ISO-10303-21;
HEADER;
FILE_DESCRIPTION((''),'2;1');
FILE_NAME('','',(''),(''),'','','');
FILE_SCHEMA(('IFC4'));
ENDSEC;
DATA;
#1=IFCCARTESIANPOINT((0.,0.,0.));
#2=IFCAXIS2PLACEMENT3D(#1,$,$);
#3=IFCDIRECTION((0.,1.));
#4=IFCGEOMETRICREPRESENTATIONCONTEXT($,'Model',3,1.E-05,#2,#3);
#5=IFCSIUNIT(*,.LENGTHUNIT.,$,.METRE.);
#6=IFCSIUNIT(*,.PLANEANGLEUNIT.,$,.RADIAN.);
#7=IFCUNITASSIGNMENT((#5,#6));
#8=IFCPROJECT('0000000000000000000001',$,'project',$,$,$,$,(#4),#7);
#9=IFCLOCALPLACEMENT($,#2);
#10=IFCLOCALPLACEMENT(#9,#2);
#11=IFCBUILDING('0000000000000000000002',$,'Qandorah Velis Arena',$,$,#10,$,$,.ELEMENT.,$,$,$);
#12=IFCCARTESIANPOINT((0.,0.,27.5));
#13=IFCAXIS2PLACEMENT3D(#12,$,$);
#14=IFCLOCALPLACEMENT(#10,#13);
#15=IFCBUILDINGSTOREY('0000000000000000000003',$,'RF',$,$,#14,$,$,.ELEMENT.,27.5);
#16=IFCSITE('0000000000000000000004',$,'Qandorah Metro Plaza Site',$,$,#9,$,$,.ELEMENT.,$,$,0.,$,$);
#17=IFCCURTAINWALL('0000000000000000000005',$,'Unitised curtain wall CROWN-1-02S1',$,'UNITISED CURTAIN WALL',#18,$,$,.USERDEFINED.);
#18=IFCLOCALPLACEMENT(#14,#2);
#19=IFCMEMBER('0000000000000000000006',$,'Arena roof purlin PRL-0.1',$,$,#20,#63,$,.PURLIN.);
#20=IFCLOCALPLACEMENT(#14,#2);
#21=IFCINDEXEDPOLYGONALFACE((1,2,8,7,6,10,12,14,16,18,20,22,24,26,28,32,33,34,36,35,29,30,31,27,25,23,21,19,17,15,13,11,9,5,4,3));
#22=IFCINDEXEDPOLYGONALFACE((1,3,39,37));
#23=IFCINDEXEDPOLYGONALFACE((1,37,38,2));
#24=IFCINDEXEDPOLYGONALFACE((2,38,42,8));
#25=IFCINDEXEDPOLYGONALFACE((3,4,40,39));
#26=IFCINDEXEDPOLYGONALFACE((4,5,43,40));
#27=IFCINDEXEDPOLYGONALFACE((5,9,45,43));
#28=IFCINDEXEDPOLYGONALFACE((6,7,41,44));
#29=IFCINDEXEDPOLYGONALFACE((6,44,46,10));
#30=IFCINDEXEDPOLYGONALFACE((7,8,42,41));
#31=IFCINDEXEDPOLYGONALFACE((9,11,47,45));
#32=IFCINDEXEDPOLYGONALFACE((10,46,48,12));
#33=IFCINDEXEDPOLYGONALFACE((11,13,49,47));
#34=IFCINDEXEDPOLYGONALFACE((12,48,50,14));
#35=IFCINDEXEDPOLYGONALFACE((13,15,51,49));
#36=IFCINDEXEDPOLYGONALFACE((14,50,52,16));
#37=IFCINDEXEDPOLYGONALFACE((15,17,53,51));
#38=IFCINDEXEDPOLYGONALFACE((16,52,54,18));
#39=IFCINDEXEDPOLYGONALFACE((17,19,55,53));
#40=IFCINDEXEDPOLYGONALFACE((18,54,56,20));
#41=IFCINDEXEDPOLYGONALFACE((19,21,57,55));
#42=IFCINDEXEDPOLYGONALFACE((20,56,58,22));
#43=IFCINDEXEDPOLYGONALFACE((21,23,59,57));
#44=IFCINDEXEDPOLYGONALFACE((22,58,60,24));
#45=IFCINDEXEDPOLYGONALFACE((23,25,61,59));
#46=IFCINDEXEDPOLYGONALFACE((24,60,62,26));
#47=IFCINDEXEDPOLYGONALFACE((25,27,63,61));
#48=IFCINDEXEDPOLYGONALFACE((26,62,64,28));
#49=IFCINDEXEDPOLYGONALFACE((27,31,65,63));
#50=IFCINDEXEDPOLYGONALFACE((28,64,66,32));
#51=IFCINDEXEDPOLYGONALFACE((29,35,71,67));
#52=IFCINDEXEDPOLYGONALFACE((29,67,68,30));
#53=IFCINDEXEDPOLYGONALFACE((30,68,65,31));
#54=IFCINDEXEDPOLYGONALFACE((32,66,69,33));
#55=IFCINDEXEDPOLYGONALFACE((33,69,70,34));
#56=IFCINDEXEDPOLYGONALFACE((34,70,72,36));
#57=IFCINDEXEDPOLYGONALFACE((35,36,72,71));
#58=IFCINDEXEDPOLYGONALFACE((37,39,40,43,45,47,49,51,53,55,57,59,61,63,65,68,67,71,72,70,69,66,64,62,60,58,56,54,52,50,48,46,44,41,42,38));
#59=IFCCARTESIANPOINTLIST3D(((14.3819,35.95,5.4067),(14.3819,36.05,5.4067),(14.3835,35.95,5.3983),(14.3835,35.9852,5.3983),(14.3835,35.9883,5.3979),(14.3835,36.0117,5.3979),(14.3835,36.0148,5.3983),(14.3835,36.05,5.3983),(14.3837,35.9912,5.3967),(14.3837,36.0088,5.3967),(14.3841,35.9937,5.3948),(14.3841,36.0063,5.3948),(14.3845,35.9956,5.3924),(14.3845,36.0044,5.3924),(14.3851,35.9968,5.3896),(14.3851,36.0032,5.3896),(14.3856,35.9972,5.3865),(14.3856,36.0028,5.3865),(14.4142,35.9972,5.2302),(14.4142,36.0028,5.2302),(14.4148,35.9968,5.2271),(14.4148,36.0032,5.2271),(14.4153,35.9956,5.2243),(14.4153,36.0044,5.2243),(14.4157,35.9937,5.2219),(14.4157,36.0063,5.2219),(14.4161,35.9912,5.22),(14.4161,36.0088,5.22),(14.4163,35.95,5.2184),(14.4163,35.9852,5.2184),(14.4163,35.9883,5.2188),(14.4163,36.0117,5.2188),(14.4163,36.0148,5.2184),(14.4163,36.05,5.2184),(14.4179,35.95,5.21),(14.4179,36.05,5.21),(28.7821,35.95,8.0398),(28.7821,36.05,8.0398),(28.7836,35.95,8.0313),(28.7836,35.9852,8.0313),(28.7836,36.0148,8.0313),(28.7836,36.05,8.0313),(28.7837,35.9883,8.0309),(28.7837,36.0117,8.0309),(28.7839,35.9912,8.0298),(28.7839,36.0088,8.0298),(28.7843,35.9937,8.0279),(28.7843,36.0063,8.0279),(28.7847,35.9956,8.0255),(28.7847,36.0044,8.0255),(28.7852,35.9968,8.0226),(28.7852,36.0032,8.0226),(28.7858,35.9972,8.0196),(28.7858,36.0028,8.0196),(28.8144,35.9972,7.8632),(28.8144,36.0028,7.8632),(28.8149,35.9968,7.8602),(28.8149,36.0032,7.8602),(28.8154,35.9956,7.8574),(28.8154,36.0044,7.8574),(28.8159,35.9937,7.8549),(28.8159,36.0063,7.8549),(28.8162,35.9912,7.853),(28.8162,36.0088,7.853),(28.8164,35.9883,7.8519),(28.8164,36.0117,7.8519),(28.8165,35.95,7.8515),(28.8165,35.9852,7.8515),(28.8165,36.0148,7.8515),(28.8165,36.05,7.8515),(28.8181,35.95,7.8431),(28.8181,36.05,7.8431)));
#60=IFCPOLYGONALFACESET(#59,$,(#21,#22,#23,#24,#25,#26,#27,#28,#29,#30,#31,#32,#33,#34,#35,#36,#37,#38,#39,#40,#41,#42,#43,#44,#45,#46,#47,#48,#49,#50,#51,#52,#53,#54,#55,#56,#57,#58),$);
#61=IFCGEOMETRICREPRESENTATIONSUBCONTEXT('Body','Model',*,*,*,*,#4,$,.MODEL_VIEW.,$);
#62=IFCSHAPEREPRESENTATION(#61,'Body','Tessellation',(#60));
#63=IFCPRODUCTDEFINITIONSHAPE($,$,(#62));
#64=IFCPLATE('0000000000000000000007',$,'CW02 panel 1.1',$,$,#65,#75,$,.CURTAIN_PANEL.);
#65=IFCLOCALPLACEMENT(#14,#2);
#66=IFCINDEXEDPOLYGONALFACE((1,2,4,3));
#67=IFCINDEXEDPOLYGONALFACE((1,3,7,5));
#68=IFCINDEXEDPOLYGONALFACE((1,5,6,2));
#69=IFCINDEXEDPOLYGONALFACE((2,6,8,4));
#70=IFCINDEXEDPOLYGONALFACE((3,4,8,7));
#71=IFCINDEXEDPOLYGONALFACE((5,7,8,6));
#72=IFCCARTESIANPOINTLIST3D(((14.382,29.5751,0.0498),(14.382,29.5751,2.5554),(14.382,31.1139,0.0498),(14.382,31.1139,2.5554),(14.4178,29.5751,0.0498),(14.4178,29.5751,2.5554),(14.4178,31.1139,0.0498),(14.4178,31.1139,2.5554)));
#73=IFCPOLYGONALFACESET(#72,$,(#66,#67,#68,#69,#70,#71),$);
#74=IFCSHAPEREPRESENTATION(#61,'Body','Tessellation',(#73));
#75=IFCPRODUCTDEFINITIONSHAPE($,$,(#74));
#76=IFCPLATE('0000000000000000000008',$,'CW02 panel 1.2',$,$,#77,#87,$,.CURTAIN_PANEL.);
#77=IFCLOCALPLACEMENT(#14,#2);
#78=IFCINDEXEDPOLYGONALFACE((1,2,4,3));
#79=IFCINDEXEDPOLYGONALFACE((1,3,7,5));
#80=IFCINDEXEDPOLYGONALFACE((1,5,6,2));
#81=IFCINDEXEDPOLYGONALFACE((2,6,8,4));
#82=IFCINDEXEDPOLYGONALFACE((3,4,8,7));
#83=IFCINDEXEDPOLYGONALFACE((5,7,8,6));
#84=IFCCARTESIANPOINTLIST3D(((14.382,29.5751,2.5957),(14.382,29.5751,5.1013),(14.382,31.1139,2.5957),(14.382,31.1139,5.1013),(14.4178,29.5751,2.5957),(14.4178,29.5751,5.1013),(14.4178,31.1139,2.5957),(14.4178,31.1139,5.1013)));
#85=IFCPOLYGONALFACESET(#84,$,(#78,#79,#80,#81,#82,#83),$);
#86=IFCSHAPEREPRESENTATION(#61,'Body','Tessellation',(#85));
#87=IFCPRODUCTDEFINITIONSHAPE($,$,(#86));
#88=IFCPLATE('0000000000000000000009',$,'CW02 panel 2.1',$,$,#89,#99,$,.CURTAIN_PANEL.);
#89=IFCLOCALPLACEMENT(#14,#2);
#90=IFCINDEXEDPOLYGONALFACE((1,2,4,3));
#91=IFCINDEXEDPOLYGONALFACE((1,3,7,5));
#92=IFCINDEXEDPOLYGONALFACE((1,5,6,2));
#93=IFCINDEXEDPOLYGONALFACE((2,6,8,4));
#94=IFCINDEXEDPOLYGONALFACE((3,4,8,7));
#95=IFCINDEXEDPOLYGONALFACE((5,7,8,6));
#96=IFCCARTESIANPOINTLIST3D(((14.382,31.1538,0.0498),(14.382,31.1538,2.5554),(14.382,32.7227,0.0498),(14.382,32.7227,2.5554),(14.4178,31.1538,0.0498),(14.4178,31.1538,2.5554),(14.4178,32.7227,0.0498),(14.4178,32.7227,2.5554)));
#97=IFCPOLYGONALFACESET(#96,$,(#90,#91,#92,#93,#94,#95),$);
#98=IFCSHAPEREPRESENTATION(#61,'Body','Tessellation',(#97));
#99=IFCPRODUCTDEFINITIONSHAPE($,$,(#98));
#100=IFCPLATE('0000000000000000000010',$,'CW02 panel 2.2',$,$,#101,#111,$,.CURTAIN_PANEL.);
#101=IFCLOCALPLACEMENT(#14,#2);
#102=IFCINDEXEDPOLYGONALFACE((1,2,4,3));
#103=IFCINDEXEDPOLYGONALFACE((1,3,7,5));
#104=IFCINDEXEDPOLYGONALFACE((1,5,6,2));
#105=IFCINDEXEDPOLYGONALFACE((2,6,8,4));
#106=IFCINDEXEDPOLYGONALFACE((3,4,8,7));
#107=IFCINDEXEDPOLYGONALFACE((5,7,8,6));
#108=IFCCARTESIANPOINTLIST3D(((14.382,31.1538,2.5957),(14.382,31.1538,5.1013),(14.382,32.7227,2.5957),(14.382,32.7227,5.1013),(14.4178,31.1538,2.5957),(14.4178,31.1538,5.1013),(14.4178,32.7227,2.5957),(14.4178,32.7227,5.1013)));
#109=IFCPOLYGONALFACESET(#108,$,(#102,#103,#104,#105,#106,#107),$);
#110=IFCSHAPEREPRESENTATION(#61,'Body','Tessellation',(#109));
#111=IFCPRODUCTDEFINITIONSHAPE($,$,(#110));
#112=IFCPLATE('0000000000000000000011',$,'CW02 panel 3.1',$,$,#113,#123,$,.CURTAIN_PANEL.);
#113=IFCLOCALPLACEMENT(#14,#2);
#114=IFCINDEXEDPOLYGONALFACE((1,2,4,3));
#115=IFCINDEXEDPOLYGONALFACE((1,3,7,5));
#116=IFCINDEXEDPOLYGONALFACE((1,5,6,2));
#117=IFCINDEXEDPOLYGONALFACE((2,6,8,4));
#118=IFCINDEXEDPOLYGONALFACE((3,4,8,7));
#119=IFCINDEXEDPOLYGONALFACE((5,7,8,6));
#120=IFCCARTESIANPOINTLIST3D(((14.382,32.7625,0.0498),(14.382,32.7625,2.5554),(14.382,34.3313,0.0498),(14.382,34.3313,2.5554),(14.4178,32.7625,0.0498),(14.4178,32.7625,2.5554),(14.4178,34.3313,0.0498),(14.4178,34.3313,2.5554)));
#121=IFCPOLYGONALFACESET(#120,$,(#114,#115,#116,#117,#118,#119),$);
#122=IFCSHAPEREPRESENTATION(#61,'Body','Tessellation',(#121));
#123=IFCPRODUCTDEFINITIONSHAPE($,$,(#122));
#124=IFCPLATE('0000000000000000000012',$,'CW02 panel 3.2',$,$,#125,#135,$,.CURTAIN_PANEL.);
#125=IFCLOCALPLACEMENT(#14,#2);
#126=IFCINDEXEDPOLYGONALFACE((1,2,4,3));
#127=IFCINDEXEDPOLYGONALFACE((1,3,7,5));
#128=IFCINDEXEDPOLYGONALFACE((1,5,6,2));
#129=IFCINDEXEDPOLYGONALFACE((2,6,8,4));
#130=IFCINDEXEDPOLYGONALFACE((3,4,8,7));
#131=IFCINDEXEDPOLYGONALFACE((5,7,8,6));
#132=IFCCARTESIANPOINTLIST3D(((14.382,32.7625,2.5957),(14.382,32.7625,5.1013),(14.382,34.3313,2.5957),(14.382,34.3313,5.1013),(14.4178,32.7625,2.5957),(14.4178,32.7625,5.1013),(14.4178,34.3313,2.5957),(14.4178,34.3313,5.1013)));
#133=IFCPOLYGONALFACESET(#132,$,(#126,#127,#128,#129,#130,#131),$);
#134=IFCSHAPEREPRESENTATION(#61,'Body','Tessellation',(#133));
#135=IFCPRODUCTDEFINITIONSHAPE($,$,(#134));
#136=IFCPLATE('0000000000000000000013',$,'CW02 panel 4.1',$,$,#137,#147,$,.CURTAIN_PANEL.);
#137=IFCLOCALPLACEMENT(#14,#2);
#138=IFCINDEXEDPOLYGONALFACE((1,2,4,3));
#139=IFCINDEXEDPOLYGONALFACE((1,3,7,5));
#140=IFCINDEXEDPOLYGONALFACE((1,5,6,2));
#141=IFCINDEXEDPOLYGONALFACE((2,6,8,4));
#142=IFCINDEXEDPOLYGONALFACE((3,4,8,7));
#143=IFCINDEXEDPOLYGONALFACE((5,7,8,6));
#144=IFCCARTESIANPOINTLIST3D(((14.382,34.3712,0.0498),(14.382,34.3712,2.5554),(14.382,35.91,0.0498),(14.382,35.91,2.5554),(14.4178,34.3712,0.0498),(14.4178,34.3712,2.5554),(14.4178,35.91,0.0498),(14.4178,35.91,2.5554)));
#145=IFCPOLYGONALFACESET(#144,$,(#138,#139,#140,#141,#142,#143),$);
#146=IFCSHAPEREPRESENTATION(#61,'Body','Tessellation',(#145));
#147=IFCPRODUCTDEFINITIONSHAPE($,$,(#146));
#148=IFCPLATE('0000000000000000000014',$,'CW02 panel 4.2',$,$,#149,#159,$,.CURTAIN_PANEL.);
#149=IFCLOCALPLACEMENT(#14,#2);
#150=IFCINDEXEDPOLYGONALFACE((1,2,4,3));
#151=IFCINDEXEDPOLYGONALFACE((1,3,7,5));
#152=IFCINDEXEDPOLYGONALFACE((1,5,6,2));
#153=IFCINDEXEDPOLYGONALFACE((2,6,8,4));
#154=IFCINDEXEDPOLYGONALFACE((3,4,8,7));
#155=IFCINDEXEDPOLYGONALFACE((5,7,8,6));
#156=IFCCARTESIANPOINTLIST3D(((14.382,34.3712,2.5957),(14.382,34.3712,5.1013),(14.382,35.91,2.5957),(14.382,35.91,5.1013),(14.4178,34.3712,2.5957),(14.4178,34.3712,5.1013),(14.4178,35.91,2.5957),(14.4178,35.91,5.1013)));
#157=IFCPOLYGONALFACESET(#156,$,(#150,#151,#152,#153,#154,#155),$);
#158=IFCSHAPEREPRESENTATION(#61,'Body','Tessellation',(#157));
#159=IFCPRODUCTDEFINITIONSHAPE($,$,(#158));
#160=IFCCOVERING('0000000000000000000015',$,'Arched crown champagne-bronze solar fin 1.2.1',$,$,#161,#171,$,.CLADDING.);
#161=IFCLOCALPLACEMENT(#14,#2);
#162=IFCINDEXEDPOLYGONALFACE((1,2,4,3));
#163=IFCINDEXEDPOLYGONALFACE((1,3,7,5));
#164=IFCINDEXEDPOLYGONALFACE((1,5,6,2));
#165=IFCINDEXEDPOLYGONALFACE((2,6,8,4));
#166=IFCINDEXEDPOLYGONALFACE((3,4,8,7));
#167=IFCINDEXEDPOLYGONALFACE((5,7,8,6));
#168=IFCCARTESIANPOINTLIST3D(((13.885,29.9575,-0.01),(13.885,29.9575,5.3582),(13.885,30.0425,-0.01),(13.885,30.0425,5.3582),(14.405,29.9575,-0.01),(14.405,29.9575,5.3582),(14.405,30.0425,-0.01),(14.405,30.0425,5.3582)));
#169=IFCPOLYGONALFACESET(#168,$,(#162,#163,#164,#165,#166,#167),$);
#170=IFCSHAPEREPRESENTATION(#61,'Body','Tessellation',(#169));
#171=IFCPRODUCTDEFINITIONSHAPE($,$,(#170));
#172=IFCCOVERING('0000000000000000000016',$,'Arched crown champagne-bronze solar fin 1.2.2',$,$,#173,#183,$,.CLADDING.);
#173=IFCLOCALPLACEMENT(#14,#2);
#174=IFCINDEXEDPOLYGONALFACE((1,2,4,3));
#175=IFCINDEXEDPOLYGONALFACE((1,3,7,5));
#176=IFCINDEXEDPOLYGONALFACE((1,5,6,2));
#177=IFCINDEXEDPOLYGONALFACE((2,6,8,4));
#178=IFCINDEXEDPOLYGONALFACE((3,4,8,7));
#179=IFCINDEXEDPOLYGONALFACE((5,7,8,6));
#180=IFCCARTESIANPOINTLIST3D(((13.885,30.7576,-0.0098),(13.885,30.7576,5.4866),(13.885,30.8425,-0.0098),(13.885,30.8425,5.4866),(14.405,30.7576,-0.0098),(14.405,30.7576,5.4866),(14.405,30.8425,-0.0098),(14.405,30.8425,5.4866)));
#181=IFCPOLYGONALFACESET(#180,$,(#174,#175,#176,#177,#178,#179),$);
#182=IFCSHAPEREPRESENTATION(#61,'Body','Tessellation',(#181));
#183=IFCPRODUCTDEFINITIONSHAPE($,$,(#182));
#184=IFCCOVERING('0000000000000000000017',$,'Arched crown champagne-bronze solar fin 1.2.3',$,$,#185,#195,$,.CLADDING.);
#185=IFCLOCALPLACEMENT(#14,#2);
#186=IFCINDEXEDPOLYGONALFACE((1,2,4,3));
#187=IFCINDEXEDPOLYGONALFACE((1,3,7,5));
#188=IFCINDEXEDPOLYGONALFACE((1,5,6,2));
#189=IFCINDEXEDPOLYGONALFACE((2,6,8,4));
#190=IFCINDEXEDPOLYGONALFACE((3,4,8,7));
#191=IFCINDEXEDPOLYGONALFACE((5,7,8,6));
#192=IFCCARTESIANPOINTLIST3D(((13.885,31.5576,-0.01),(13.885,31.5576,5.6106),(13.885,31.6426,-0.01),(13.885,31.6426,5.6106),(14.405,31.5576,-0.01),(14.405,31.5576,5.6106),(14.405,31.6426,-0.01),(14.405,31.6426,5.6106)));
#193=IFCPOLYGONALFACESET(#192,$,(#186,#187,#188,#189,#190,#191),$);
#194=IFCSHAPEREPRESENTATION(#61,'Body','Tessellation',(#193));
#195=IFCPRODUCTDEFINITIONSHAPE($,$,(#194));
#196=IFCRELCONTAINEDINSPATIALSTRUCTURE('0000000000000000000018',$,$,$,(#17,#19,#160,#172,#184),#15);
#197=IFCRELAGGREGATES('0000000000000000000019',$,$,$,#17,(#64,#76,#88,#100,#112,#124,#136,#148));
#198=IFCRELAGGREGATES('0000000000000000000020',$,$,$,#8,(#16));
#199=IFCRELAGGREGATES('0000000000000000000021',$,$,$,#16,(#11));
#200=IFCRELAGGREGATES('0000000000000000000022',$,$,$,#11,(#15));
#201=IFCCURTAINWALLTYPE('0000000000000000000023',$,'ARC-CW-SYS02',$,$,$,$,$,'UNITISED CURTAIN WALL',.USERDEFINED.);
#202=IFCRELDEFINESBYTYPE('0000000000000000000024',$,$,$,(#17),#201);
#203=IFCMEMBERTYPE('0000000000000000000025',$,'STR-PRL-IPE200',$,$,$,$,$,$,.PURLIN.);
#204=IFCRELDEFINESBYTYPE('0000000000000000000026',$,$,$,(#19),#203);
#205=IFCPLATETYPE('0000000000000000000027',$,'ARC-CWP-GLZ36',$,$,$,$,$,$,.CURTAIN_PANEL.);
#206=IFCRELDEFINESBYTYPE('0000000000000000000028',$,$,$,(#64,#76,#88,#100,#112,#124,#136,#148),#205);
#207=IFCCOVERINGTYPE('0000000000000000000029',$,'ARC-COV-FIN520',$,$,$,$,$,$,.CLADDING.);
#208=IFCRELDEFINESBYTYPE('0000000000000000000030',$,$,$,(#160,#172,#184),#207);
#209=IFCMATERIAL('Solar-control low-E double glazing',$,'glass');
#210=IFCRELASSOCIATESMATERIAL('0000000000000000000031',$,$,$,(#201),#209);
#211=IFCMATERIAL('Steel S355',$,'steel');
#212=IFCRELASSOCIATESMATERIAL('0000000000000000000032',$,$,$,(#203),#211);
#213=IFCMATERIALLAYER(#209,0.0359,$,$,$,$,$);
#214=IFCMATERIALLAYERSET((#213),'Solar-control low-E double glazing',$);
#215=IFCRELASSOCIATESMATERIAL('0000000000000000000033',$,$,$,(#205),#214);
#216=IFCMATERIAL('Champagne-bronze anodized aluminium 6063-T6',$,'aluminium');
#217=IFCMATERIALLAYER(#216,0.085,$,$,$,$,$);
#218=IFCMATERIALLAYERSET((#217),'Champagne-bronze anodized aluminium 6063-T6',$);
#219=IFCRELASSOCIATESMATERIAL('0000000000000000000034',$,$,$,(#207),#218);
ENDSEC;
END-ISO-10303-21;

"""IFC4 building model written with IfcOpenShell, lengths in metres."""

from ifc_helpers import new_model, si_unit, direction, frame, origin, origin_2d, place, context, subcontext, project, spatial, rectangle, i_section, extrude, material, layer, layer_set, material_profile, profile_set, type_object, element, aggregate, save


model = new_model("IFC4")

# Units and contexts
model_context = context("Model", 3, precision=1e-05, world=origin(), true_north=direction((0.0, 1.0)))
body_context = subcontext(model_context, "Body", "Model", "MODEL_VIEW")
ifc_project = project(units=[si_unit("LENGTHUNIT", "METRE"), si_unit("PLANEANGLEUNIT", "RADIAN")], contexts=[model_context])

# Site, building, storey
site_placement = place(None, origin())
site = spatial("IfcSite", under=ifc_project, at=site_placement, Name="Qandorah Metro Plaza Site", CompositionType="ELEMENT", RefElevation=0.0)
building_placement = place(site_placement, origin())
building = spatial("IfcBuilding", under=site, at=building_placement, Name="Qandorah Velis Arena", CompositionType="ELEMENT")
storey_placement = place(building_placement, frame((0.0, 0.0, 27.5)))
storey = spatial("IfcBuildingStorey", under=building, at=storey_placement, Name="RF", CompositionType="ELEMENT", Elevation=27.5)

# Curtain wall
ifc_material_1 = material(Name="Solar-control low-E double glazing", Category="glass")
curtain_wall_type_1 = type_object("IfcCurtainWallType", Name="ARC-CW-SYS02", ElementType="UNITISED CURTAIN WALL", PredefinedType="USERDEFINED", material=ifc_material_1)
curtain_wall_1_placement = place(storey_placement, origin())
curtain_wall_1 = element("IfcCurtainWall", 1, at=curtain_wall_1_placement, inside=storey, type_object=curtain_wall_type_1, Name="Unitised curtain wall CROWN-1-02S1", ObjectType="UNITISED CURTAIN WALL", PredefinedType="USERDEFINED")
ifc_material_2 = material(Name="Champagne-bronze anodized aluminium 6063-T6", Category="aluminium")

# Shared definitions
ifc_material_3 = material(Name="Steel S355", Category="steel")

# Member
ifc_material_profile_1 = material_profile(ifc_material_3, i_section(OverallWidth=0.1001, OverallDepth=0.2, WebThickness=0.0056, FlangeThickness=0.0085, FilletRadius=0.012, at=origin_2d()), Name="IPE 200")
ifc_profile_set_1 = profile_set([ifc_material_profile_1], Name="Steel S355")
member_type_1 = type_object("IfcMemberType", Name="STR-PRL-IPE200", PredefinedType="PURLIN", material=ifc_profile_set_1)
member_1_placement = place(storey_placement, frame((14.3999, 36.0, 5.3083), z_axis=(0.983691, 0.0, 0.179867), x_axis=(0.0, 1.0, 0.0)))
element("IfcMember", 2, at=member_1_placement, inside=storey, type_object=member_type_1, Name="Arena roof purlin PRL-0.1", PredefinedType="PURLIN", context=body_context, shape_type="SweptSolid", body=[
    extrude(i_section(OverallWidth=0.1001, OverallDepth=0.2, WebThickness=0.0056, FlangeThickness=0.0085, FilletRadius=0.012, at=origin_2d()), origin(), (0.0, 0.0, 1.0), 14.6389),
])

# Plates
ifc_layer_1 = layer(ifc_material_1, 0.0359)
ifc_layer_set_1 = layer_set([ifc_layer_1], Name="Solar-control low-E double glazing")
plate_type = type_object("IfcPlateType", Name="ARC-CWP-GLZ36", PredefinedType="CURTAIN_PANEL", material=ifc_layer_set_1)
plate_1_placement = place(storey_placement, frame((14.3999, 30.3445, 0.0498), z_axis=(0.0, 0.0, 1.0), x_axis=(0.0, 1.0, 0.0)))
plate_1 = element("IfcPlate", 3, at=plate_1_placement, type_object=plate_type, Name="CW02 panel 1.1", PredefinedType="CURTAIN_PANEL", context=body_context, shape_type="SweptSolid", body=[
    extrude(rectangle(XDim=1.5388, YDim=0.0359, at=origin_2d()), origin(), (0.0, 0.0, 1.0), 2.5056),
])
plate_2_placement = place(storey_placement, frame((14.3999, 30.3445, 2.5957), z_axis=(0.0, 0.0, 1.0), x_axis=(0.0, 1.0, 0.0)))
plate_2 = element("IfcPlate", 4, at=plate_2_placement, type_object=plate_type, Name="CW02 panel 1.2", PredefinedType="CURTAIN_PANEL", context=body_context, shape_type="SweptSolid", body=[
    extrude(rectangle(XDim=1.5388, YDim=0.0359, at=origin_2d()), origin(), (0.0, 0.0, 1.0), 2.5056),
])
plate_3_placement = place(storey_placement, frame((14.3999, 31.9382, 0.0498), z_axis=(0.0, 0.0, 1.0), x_axis=(0.0, 1.0, 0.0)))
plate_3 = element("IfcPlate", 5, at=plate_3_placement, type_object=plate_type, Name="CW02 panel 2.1", PredefinedType="CURTAIN_PANEL", context=body_context, shape_type="SweptSolid", body=[
    extrude(rectangle(XDim=1.5688, YDim=0.0359, at=origin_2d()), origin(), (0.0, 0.0, 1.0), 2.5056),
])
plate_4_placement = place(storey_placement, frame((14.3999, 31.9382, 2.5957), z_axis=(0.0, 0.0, 1.0), x_axis=(0.0, 1.0, 0.0)))
plate_4 = element("IfcPlate", 6, at=plate_4_placement, type_object=plate_type, Name="CW02 panel 2.2", PredefinedType="CURTAIN_PANEL", context=body_context, shape_type="SweptSolid", body=[
    extrude(rectangle(XDim=1.5688, YDim=0.0359, at=origin_2d()), origin(), (0.0, 0.0, 1.0), 2.5056),
])
plate_5_placement = place(storey_placement, frame((14.3999, 33.5469, 0.0498), z_axis=(0.0, 0.0, 1.0), x_axis=(0.0, 1.0, 0.0)))
plate_5 = element("IfcPlate", 7, at=plate_5_placement, type_object=plate_type, Name="CW02 panel 3.1", PredefinedType="CURTAIN_PANEL", context=body_context, shape_type="SweptSolid", body=[
    extrude(rectangle(XDim=1.5688, YDim=0.0359, at=origin_2d()), origin(), (0.0, 0.0, 1.0), 2.5056),
])
plate_6_placement = place(storey_placement, frame((14.3999, 33.5469, 2.5957), z_axis=(0.0, 0.0, 1.0), x_axis=(0.0, 1.0, 0.0)))
plate_6 = element("IfcPlate", 8, at=plate_6_placement, type_object=plate_type, Name="CW02 panel 3.2", PredefinedType="CURTAIN_PANEL", context=body_context, shape_type="SweptSolid", body=[
    extrude(rectangle(XDim=1.5688, YDim=0.0359, at=origin_2d()), origin(), (0.0, 0.0, 1.0), 2.5056),
])
plate_7_placement = place(storey_placement, frame((14.3999, 35.1406, 0.0498), z_axis=(0.0, 0.0, 1.0), x_axis=(0.0, 1.0, 0.0)))
plate_7 = element("IfcPlate", 9, at=plate_7_placement, type_object=plate_type, Name="CW02 panel 4.1", PredefinedType="CURTAIN_PANEL", context=body_context, shape_type="SweptSolid", body=[
    extrude(rectangle(XDim=1.5388, YDim=0.0359, at=origin_2d()), origin(), (0.0, 0.0, 1.0), 2.5056),
])
plate_8_placement = place(storey_placement, frame((14.3999, 35.1406, 2.5957), z_axis=(0.0, 0.0, 1.0), x_axis=(0.0, 1.0, 0.0)))
plate_8 = element("IfcPlate", 10, at=plate_8_placement, type_object=plate_type, Name="CW02 panel 4.2", PredefinedType="CURTAIN_PANEL", context=body_context, shape_type="SweptSolid", body=[
    extrude(rectangle(XDim=1.5388, YDim=0.0359, at=origin_2d()), origin(), (0.0, 0.0, 1.0), 2.5056),
])
aggregate(curtain_wall_1, [plate_1, plate_2, plate_3, plate_4, plate_5, plate_6, plate_7, plate_8])

# Coverings
ifc_layer_2 = layer(ifc_material_2, 0.085)
ifc_layer_set_2 = layer_set([ifc_layer_2], Name="Champagne-bronze anodized aluminium 6063-T6")
covering_type = type_object("IfcCoveringType", Name="ARC-COV-FIN520", PredefinedType="CLADDING", material=ifc_layer_set_2)
covering_1_placement = place(storey_placement, frame((14.145, 30.0, -0.01), z_axis=(0.0, 0.0, 1.0), x_axis=(1.0, 0.0, 0.0)))
element("IfcCovering", 11, at=covering_1_placement, inside=storey, type_object=covering_type, Name="Arched crown champagne-bronze solar fin 1.2.1", PredefinedType="CLADDING", context=body_context, shape_type="SweptSolid", body=[
    extrude(rectangle(XDim=0.52, YDim=0.085, at=origin_2d()), origin(), (0.0, 0.0, 1.0), 5.3682),
])
covering_2_placement = place(storey_placement, frame((14.145, 30.8, -0.0098), z_axis=(0.0, 0.0, 1.0), x_axis=(1.0, 0.0, 0.0)))
element("IfcCovering", 12, at=covering_2_placement, inside=storey, type_object=covering_type, Name="Arched crown champagne-bronze solar fin 1.2.2", PredefinedType="CLADDING", context=body_context, shape_type="SweptSolid", body=[
    extrude(rectangle(XDim=0.52, YDim=0.085, at=origin_2d()), origin(), (0.0, 0.0, 1.0), 5.4963),
])
covering_3_placement = place(storey_placement, frame((14.145, 31.6001, -0.01), z_axis=(0.0, 0.0, 1.0), x_axis=(1.0, 0.0, 0.0)))
element("IfcCovering", 13, at=covering_3_placement, inside=storey, type_object=covering_type, Name="Arched crown champagne-bronze solar fin 1.2.3", PredefinedType="CLADDING", context=body_context, shape_type="SweptSolid", body=[
    extrude(rectangle(XDim=0.52, YDim=0.085, at=origin_2d()), origin(), (0.0, 0.0, 1.0), 5.6206),
])

save(model, "model.ifc")
